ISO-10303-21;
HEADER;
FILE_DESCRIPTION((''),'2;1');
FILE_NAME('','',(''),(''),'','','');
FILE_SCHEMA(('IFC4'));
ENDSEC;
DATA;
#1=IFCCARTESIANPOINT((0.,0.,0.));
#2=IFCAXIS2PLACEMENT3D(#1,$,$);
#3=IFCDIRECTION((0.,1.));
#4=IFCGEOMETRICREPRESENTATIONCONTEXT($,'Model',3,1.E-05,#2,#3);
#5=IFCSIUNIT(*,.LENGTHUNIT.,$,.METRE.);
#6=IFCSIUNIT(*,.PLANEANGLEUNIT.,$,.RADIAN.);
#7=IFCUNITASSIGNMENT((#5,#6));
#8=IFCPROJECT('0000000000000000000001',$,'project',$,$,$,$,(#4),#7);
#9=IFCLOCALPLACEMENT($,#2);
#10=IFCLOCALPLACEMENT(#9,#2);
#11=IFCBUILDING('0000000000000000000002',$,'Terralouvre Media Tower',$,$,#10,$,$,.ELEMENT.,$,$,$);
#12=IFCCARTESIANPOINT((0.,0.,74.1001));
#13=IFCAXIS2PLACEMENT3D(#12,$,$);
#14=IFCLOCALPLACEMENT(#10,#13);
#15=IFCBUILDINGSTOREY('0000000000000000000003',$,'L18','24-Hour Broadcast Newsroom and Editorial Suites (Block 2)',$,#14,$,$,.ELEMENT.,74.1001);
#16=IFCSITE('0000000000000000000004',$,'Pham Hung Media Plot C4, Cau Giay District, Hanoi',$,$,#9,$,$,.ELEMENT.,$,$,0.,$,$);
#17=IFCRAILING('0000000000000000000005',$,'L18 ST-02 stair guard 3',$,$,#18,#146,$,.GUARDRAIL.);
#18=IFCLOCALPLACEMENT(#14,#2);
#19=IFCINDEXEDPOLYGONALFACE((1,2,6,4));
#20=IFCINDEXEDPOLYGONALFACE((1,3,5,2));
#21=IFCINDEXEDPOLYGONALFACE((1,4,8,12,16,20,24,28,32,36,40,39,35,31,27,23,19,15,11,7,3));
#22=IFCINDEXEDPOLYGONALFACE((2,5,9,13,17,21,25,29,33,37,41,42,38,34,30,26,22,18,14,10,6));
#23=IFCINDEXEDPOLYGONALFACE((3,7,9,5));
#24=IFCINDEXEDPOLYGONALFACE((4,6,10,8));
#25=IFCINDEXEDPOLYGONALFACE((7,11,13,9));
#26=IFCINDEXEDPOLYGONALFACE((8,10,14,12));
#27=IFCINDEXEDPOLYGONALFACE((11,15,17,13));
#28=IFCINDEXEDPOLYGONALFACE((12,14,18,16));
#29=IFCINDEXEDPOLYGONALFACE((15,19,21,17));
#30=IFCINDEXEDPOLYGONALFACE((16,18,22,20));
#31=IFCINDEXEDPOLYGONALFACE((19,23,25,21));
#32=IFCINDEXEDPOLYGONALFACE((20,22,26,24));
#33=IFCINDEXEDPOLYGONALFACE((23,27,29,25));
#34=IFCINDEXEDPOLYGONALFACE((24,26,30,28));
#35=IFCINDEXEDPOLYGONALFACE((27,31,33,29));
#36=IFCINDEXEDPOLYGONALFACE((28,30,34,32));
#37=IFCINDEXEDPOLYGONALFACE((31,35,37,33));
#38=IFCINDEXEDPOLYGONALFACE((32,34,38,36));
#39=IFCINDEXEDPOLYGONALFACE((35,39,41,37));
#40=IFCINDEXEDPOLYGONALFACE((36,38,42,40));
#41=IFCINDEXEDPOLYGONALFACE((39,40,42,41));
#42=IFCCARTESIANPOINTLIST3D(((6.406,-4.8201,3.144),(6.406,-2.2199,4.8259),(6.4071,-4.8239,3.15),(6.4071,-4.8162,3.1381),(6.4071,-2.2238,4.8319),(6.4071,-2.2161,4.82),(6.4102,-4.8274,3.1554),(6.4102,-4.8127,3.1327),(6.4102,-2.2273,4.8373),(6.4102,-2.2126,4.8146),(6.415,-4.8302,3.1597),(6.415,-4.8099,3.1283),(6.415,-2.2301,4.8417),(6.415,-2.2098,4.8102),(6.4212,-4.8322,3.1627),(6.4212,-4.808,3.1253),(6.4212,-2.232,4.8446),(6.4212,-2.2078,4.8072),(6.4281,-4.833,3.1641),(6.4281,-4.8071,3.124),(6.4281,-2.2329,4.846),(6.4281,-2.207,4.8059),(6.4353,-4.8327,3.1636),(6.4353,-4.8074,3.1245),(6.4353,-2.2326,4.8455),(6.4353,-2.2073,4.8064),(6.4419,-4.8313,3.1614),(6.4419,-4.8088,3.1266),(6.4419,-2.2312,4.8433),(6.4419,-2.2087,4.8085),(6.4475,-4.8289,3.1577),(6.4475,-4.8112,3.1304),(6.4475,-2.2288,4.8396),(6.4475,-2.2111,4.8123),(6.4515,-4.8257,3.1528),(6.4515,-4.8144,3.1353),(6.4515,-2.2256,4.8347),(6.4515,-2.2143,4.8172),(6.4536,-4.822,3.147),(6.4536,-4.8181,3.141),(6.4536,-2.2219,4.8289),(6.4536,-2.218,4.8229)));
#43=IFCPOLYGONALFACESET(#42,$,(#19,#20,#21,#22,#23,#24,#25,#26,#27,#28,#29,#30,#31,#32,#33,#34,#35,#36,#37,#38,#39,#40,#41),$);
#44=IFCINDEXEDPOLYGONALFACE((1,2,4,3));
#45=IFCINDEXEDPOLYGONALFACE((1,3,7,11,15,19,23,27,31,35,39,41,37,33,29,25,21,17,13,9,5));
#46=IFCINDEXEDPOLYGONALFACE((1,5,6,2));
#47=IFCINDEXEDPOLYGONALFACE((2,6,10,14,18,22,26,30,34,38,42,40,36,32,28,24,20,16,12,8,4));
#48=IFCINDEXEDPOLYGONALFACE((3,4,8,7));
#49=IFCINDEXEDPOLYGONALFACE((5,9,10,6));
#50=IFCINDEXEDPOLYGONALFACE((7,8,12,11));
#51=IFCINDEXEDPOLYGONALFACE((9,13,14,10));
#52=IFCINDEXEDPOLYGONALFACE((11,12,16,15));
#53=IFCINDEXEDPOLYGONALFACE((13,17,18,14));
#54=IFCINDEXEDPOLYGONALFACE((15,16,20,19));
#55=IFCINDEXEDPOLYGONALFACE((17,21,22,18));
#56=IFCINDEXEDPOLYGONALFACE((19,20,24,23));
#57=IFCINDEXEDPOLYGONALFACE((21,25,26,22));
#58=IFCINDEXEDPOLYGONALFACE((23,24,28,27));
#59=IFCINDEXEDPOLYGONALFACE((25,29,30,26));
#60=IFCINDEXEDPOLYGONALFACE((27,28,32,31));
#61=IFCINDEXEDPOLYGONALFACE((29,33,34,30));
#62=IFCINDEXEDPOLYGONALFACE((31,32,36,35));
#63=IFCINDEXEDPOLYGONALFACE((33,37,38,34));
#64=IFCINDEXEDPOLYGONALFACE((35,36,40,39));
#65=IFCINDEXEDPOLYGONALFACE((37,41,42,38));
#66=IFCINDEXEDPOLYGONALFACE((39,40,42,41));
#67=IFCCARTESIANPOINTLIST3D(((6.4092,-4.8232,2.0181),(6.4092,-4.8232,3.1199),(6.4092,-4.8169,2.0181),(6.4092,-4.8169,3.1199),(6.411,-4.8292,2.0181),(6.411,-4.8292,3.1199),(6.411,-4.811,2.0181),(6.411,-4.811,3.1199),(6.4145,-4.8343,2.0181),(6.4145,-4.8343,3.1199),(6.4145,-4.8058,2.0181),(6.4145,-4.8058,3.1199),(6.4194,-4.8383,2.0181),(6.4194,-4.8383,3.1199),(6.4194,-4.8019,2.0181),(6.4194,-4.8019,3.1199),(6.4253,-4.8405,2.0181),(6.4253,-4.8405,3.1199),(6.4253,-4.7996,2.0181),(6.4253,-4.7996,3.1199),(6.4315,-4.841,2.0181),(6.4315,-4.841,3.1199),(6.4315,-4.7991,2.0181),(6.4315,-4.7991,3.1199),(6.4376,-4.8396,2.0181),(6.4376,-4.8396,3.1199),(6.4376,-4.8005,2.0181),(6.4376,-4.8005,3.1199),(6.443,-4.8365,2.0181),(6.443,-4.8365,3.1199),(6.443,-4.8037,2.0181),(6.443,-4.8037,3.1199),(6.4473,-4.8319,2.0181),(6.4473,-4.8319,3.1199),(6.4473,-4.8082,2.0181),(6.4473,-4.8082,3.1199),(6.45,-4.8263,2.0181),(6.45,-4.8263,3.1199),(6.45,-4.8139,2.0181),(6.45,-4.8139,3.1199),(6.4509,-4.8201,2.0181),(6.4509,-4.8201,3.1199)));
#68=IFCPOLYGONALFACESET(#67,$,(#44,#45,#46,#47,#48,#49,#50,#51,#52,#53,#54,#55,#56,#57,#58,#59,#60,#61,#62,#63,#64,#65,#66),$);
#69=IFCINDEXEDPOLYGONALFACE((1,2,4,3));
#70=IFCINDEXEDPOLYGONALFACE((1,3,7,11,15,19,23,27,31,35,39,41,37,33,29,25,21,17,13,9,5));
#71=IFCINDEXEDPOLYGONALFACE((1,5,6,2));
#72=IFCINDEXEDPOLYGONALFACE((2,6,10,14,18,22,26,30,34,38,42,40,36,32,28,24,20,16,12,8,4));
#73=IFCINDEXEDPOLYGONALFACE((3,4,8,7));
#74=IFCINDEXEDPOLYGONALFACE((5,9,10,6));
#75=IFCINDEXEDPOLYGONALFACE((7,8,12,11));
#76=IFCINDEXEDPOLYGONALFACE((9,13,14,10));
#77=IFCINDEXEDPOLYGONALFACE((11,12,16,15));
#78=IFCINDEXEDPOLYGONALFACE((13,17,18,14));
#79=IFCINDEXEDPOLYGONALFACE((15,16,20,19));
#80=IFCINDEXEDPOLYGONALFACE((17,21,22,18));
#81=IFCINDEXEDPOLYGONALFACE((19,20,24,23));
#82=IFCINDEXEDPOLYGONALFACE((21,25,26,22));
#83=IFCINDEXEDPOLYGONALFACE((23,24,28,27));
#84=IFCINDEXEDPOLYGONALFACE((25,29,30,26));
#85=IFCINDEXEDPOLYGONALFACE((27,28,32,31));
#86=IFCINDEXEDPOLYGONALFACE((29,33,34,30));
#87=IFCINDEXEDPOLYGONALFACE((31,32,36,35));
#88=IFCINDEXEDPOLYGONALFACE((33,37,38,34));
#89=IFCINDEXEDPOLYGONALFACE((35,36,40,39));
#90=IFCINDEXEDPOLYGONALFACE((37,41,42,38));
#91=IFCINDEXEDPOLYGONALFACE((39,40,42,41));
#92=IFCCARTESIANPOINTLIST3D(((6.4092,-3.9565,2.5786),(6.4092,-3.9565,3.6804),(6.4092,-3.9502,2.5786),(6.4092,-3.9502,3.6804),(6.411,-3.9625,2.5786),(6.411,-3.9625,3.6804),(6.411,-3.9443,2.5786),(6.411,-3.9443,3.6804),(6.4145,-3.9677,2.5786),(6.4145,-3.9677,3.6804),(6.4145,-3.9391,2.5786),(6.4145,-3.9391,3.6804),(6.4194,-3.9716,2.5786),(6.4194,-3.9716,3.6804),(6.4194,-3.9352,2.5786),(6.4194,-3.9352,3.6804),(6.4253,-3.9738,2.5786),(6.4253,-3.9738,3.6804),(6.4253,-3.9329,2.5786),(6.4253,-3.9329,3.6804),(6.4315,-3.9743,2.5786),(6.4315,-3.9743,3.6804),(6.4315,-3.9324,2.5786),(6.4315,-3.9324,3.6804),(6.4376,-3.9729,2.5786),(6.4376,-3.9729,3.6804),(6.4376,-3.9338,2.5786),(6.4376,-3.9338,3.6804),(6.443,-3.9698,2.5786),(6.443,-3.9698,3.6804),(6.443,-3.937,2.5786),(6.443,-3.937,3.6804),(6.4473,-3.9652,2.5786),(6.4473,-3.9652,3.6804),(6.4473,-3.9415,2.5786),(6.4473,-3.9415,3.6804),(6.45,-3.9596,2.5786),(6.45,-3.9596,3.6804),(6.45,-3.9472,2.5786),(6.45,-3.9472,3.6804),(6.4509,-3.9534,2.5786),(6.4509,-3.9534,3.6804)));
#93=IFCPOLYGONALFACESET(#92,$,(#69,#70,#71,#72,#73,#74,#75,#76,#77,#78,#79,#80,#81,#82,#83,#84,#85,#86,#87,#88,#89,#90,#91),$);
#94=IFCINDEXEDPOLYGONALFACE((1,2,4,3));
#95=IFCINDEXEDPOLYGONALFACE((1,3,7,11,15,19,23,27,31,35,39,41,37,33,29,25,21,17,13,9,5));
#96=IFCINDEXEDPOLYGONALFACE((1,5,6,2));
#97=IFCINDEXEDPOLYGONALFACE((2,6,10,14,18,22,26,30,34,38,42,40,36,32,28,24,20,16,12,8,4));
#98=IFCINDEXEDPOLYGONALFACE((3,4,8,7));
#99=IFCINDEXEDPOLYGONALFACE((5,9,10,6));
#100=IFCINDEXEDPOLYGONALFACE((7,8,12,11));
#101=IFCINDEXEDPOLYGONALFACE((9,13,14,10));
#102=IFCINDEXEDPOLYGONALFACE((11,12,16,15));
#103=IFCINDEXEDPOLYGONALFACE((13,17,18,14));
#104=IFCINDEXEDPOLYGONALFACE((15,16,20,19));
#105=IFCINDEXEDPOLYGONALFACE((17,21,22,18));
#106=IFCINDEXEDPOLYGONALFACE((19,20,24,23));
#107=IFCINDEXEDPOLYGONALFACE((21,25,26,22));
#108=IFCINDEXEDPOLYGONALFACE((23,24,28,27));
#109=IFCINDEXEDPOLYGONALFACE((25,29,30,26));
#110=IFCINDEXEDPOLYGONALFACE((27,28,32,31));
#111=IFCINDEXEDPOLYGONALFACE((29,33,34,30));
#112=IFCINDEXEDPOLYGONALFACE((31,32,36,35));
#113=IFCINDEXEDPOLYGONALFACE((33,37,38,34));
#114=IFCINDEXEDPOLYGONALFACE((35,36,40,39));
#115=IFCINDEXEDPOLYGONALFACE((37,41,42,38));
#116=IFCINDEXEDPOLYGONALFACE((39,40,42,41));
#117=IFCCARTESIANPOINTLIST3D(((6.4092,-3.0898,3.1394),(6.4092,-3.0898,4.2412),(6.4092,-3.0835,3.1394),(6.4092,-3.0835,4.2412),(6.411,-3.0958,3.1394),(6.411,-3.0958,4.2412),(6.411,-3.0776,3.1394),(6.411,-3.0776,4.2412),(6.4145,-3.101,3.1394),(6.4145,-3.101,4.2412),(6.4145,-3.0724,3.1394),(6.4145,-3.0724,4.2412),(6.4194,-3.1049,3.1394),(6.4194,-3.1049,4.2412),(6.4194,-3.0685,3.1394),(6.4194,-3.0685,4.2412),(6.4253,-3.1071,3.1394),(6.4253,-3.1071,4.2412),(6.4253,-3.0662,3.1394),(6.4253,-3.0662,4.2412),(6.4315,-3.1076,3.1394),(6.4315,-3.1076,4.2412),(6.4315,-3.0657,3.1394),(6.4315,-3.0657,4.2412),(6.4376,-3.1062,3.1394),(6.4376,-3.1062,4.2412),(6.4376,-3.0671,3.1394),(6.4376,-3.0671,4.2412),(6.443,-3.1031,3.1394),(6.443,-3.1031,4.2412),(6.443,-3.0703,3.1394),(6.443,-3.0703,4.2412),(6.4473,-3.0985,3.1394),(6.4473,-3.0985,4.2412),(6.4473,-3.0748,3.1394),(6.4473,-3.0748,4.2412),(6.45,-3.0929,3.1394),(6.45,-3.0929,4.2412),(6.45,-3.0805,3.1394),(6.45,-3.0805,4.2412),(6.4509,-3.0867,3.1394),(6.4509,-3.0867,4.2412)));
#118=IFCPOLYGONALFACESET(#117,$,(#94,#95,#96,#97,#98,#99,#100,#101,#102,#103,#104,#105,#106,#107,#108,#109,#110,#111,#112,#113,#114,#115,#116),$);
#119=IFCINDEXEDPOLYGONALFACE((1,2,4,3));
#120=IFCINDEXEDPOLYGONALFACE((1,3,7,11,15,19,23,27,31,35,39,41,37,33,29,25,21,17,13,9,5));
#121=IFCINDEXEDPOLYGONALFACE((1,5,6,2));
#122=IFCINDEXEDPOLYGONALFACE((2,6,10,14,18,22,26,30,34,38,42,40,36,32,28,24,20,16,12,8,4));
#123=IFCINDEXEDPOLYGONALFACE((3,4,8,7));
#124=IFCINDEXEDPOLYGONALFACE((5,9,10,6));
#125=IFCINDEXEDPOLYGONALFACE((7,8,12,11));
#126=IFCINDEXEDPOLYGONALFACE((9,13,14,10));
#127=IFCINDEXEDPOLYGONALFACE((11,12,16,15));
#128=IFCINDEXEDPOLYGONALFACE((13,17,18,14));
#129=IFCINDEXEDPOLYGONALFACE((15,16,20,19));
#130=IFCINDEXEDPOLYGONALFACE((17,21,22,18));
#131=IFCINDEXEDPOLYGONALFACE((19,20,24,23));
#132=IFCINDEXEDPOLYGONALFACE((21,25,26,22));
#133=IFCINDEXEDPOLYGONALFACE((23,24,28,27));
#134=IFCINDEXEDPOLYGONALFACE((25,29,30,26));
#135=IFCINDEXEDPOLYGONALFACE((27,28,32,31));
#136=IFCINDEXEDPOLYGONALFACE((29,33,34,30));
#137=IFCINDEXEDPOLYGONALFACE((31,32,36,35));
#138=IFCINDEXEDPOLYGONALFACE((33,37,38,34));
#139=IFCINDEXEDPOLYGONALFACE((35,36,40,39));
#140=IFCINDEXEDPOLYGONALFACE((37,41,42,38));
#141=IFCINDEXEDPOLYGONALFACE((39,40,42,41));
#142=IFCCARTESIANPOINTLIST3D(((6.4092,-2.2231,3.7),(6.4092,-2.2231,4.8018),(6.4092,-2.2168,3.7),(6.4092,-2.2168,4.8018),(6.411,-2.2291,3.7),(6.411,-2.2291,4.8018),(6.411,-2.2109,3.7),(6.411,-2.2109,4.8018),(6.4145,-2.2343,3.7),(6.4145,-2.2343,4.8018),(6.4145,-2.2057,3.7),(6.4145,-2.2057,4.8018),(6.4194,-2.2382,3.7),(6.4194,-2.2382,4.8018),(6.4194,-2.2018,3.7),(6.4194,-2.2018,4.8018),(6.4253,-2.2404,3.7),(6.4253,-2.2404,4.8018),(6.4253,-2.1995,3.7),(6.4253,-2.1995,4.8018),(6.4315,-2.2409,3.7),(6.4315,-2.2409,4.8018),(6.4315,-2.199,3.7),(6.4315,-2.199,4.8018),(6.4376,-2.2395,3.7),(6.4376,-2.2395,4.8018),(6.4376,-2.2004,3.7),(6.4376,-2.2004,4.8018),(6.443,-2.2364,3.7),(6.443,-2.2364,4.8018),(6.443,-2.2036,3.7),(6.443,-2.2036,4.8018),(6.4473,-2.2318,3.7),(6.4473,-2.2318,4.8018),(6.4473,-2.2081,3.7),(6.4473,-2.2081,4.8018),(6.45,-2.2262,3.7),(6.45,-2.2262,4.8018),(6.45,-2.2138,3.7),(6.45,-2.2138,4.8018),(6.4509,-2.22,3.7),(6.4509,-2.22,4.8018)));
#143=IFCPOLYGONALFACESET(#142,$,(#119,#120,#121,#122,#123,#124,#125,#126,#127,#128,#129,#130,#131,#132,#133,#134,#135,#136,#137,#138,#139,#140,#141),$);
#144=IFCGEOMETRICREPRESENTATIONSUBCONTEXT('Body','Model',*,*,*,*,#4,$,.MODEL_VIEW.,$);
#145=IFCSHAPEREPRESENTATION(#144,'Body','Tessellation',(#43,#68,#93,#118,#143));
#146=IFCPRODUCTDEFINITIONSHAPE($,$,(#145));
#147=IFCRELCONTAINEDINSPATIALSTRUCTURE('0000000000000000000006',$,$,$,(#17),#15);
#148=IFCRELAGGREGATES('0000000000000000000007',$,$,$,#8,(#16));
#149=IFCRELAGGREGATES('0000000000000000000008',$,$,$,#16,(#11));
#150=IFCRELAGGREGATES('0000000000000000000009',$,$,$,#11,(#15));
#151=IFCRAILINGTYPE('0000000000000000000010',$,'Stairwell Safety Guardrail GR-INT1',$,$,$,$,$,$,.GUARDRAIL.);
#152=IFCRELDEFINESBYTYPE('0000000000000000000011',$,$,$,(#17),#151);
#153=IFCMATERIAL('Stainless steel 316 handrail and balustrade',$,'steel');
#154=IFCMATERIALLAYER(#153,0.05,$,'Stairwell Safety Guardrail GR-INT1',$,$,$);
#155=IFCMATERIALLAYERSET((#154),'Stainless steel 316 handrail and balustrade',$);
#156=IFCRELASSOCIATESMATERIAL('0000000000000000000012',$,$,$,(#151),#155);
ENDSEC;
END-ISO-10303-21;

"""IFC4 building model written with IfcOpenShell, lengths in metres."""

from ifc_helpers import new_model, si_unit, direction, frame, origin, origin_2d, place, context, subcontext, project, spatial, circle, extrude, material, layer, layer_set, type_object, element, save


model = new_model("IFC4")

# Units and contexts
model_context = context("Model", 3, precision=1e-05, world=origin(), true_north=direction((0.0, 1.0)))
body_context = subcontext(model_context, "Body", "Model", "MODEL_VIEW")
ifc_project = project(units=[si_unit("LENGTHUNIT", "METRE"), si_unit("PLANEANGLEUNIT", "RADIAN")], contexts=[model_context])

# Site, building, storey
site_placement = place(None, origin())
site = spatial("IfcSite", under=ifc_project, at=site_placement, Name="Pham Hung Media Plot C4, Cau Giay District, Hanoi", CompositionType="ELEMENT", RefElevation=0.0)
building_placement = place(site_placement, origin())
building = spatial("IfcBuilding", under=site, at=building_placement, Name="Terralouvre Media Tower", CompositionType="ELEMENT")
storey_placement = place(building_placement, frame((0.0, 0.0, 74.1001)))
storey = spatial("IfcBuildingStorey", under=building, at=storey_placement, Name="L18", Description="24-Hour Broadcast Newsroom and Editorial Suites (Block 2)", CompositionType="ELEMENT", Elevation=74.1001)

# Railing
ifc_material_1 = material(Name="Stainless steel 316 handrail and balustrade", Category="steel")
ifc_layer_1 = layer(ifc_material_1, 0.05, Name="Stairwell Safety Guardrail GR-INT1")
ifc_layer_set_1 = layer_set([ifc_layer_1], Name="Stainless steel 316 handrail and balustrade")
railing_type_1 = type_object("IfcRailingType", Name="Stairwell Safety Guardrail GR-INT1", PredefinedType="GUARDRAIL", material=ifc_layer_set_1)
railing_1_placement = place(storey_placement, frame((6.4299, -4.8201, 2.0181)))
element("IfcRailing", 1, at=railing_1_placement, inside=storey, type_object=railing_type_1, Name="L18 ST-02 stair guard 3", PredefinedType="GUARDRAIL", context=body_context, shape_type="SweptSolid", body=[
    extrude(circle(Radius=0.0239, at=origin_2d()), frame((0.0, 0.0, 1.126), z_axis=(0.0, 0.839648, 0.54313), x_axis=(-1.0, 0.0, 0.0)), (0.0, 0.0, 1.0), 3.0967),
    extrude(circle(Radius=0.021, at=origin_2d()), origin(), (0.0, 0.0, 1.0), 1.1018),
    extrude(circle(Radius=0.021, at=origin_2d()), frame((0.0, 0.8667, 0.5605)), (0.0, 0.0, 1.0), 1.1018),
    extrude(circle(Radius=0.021, at=origin_2d()), frame((0.0, 1.7334, 1.1213)), (0.0, 0.0, 1.0), 1.1018),
    extrude(circle(Radius=0.021, at=origin_2d()), frame((0.0, 2.6001, 1.6819)), (0.0, 0.0, 1.0), 1.1018),
])

save(model, "model.ifc")
